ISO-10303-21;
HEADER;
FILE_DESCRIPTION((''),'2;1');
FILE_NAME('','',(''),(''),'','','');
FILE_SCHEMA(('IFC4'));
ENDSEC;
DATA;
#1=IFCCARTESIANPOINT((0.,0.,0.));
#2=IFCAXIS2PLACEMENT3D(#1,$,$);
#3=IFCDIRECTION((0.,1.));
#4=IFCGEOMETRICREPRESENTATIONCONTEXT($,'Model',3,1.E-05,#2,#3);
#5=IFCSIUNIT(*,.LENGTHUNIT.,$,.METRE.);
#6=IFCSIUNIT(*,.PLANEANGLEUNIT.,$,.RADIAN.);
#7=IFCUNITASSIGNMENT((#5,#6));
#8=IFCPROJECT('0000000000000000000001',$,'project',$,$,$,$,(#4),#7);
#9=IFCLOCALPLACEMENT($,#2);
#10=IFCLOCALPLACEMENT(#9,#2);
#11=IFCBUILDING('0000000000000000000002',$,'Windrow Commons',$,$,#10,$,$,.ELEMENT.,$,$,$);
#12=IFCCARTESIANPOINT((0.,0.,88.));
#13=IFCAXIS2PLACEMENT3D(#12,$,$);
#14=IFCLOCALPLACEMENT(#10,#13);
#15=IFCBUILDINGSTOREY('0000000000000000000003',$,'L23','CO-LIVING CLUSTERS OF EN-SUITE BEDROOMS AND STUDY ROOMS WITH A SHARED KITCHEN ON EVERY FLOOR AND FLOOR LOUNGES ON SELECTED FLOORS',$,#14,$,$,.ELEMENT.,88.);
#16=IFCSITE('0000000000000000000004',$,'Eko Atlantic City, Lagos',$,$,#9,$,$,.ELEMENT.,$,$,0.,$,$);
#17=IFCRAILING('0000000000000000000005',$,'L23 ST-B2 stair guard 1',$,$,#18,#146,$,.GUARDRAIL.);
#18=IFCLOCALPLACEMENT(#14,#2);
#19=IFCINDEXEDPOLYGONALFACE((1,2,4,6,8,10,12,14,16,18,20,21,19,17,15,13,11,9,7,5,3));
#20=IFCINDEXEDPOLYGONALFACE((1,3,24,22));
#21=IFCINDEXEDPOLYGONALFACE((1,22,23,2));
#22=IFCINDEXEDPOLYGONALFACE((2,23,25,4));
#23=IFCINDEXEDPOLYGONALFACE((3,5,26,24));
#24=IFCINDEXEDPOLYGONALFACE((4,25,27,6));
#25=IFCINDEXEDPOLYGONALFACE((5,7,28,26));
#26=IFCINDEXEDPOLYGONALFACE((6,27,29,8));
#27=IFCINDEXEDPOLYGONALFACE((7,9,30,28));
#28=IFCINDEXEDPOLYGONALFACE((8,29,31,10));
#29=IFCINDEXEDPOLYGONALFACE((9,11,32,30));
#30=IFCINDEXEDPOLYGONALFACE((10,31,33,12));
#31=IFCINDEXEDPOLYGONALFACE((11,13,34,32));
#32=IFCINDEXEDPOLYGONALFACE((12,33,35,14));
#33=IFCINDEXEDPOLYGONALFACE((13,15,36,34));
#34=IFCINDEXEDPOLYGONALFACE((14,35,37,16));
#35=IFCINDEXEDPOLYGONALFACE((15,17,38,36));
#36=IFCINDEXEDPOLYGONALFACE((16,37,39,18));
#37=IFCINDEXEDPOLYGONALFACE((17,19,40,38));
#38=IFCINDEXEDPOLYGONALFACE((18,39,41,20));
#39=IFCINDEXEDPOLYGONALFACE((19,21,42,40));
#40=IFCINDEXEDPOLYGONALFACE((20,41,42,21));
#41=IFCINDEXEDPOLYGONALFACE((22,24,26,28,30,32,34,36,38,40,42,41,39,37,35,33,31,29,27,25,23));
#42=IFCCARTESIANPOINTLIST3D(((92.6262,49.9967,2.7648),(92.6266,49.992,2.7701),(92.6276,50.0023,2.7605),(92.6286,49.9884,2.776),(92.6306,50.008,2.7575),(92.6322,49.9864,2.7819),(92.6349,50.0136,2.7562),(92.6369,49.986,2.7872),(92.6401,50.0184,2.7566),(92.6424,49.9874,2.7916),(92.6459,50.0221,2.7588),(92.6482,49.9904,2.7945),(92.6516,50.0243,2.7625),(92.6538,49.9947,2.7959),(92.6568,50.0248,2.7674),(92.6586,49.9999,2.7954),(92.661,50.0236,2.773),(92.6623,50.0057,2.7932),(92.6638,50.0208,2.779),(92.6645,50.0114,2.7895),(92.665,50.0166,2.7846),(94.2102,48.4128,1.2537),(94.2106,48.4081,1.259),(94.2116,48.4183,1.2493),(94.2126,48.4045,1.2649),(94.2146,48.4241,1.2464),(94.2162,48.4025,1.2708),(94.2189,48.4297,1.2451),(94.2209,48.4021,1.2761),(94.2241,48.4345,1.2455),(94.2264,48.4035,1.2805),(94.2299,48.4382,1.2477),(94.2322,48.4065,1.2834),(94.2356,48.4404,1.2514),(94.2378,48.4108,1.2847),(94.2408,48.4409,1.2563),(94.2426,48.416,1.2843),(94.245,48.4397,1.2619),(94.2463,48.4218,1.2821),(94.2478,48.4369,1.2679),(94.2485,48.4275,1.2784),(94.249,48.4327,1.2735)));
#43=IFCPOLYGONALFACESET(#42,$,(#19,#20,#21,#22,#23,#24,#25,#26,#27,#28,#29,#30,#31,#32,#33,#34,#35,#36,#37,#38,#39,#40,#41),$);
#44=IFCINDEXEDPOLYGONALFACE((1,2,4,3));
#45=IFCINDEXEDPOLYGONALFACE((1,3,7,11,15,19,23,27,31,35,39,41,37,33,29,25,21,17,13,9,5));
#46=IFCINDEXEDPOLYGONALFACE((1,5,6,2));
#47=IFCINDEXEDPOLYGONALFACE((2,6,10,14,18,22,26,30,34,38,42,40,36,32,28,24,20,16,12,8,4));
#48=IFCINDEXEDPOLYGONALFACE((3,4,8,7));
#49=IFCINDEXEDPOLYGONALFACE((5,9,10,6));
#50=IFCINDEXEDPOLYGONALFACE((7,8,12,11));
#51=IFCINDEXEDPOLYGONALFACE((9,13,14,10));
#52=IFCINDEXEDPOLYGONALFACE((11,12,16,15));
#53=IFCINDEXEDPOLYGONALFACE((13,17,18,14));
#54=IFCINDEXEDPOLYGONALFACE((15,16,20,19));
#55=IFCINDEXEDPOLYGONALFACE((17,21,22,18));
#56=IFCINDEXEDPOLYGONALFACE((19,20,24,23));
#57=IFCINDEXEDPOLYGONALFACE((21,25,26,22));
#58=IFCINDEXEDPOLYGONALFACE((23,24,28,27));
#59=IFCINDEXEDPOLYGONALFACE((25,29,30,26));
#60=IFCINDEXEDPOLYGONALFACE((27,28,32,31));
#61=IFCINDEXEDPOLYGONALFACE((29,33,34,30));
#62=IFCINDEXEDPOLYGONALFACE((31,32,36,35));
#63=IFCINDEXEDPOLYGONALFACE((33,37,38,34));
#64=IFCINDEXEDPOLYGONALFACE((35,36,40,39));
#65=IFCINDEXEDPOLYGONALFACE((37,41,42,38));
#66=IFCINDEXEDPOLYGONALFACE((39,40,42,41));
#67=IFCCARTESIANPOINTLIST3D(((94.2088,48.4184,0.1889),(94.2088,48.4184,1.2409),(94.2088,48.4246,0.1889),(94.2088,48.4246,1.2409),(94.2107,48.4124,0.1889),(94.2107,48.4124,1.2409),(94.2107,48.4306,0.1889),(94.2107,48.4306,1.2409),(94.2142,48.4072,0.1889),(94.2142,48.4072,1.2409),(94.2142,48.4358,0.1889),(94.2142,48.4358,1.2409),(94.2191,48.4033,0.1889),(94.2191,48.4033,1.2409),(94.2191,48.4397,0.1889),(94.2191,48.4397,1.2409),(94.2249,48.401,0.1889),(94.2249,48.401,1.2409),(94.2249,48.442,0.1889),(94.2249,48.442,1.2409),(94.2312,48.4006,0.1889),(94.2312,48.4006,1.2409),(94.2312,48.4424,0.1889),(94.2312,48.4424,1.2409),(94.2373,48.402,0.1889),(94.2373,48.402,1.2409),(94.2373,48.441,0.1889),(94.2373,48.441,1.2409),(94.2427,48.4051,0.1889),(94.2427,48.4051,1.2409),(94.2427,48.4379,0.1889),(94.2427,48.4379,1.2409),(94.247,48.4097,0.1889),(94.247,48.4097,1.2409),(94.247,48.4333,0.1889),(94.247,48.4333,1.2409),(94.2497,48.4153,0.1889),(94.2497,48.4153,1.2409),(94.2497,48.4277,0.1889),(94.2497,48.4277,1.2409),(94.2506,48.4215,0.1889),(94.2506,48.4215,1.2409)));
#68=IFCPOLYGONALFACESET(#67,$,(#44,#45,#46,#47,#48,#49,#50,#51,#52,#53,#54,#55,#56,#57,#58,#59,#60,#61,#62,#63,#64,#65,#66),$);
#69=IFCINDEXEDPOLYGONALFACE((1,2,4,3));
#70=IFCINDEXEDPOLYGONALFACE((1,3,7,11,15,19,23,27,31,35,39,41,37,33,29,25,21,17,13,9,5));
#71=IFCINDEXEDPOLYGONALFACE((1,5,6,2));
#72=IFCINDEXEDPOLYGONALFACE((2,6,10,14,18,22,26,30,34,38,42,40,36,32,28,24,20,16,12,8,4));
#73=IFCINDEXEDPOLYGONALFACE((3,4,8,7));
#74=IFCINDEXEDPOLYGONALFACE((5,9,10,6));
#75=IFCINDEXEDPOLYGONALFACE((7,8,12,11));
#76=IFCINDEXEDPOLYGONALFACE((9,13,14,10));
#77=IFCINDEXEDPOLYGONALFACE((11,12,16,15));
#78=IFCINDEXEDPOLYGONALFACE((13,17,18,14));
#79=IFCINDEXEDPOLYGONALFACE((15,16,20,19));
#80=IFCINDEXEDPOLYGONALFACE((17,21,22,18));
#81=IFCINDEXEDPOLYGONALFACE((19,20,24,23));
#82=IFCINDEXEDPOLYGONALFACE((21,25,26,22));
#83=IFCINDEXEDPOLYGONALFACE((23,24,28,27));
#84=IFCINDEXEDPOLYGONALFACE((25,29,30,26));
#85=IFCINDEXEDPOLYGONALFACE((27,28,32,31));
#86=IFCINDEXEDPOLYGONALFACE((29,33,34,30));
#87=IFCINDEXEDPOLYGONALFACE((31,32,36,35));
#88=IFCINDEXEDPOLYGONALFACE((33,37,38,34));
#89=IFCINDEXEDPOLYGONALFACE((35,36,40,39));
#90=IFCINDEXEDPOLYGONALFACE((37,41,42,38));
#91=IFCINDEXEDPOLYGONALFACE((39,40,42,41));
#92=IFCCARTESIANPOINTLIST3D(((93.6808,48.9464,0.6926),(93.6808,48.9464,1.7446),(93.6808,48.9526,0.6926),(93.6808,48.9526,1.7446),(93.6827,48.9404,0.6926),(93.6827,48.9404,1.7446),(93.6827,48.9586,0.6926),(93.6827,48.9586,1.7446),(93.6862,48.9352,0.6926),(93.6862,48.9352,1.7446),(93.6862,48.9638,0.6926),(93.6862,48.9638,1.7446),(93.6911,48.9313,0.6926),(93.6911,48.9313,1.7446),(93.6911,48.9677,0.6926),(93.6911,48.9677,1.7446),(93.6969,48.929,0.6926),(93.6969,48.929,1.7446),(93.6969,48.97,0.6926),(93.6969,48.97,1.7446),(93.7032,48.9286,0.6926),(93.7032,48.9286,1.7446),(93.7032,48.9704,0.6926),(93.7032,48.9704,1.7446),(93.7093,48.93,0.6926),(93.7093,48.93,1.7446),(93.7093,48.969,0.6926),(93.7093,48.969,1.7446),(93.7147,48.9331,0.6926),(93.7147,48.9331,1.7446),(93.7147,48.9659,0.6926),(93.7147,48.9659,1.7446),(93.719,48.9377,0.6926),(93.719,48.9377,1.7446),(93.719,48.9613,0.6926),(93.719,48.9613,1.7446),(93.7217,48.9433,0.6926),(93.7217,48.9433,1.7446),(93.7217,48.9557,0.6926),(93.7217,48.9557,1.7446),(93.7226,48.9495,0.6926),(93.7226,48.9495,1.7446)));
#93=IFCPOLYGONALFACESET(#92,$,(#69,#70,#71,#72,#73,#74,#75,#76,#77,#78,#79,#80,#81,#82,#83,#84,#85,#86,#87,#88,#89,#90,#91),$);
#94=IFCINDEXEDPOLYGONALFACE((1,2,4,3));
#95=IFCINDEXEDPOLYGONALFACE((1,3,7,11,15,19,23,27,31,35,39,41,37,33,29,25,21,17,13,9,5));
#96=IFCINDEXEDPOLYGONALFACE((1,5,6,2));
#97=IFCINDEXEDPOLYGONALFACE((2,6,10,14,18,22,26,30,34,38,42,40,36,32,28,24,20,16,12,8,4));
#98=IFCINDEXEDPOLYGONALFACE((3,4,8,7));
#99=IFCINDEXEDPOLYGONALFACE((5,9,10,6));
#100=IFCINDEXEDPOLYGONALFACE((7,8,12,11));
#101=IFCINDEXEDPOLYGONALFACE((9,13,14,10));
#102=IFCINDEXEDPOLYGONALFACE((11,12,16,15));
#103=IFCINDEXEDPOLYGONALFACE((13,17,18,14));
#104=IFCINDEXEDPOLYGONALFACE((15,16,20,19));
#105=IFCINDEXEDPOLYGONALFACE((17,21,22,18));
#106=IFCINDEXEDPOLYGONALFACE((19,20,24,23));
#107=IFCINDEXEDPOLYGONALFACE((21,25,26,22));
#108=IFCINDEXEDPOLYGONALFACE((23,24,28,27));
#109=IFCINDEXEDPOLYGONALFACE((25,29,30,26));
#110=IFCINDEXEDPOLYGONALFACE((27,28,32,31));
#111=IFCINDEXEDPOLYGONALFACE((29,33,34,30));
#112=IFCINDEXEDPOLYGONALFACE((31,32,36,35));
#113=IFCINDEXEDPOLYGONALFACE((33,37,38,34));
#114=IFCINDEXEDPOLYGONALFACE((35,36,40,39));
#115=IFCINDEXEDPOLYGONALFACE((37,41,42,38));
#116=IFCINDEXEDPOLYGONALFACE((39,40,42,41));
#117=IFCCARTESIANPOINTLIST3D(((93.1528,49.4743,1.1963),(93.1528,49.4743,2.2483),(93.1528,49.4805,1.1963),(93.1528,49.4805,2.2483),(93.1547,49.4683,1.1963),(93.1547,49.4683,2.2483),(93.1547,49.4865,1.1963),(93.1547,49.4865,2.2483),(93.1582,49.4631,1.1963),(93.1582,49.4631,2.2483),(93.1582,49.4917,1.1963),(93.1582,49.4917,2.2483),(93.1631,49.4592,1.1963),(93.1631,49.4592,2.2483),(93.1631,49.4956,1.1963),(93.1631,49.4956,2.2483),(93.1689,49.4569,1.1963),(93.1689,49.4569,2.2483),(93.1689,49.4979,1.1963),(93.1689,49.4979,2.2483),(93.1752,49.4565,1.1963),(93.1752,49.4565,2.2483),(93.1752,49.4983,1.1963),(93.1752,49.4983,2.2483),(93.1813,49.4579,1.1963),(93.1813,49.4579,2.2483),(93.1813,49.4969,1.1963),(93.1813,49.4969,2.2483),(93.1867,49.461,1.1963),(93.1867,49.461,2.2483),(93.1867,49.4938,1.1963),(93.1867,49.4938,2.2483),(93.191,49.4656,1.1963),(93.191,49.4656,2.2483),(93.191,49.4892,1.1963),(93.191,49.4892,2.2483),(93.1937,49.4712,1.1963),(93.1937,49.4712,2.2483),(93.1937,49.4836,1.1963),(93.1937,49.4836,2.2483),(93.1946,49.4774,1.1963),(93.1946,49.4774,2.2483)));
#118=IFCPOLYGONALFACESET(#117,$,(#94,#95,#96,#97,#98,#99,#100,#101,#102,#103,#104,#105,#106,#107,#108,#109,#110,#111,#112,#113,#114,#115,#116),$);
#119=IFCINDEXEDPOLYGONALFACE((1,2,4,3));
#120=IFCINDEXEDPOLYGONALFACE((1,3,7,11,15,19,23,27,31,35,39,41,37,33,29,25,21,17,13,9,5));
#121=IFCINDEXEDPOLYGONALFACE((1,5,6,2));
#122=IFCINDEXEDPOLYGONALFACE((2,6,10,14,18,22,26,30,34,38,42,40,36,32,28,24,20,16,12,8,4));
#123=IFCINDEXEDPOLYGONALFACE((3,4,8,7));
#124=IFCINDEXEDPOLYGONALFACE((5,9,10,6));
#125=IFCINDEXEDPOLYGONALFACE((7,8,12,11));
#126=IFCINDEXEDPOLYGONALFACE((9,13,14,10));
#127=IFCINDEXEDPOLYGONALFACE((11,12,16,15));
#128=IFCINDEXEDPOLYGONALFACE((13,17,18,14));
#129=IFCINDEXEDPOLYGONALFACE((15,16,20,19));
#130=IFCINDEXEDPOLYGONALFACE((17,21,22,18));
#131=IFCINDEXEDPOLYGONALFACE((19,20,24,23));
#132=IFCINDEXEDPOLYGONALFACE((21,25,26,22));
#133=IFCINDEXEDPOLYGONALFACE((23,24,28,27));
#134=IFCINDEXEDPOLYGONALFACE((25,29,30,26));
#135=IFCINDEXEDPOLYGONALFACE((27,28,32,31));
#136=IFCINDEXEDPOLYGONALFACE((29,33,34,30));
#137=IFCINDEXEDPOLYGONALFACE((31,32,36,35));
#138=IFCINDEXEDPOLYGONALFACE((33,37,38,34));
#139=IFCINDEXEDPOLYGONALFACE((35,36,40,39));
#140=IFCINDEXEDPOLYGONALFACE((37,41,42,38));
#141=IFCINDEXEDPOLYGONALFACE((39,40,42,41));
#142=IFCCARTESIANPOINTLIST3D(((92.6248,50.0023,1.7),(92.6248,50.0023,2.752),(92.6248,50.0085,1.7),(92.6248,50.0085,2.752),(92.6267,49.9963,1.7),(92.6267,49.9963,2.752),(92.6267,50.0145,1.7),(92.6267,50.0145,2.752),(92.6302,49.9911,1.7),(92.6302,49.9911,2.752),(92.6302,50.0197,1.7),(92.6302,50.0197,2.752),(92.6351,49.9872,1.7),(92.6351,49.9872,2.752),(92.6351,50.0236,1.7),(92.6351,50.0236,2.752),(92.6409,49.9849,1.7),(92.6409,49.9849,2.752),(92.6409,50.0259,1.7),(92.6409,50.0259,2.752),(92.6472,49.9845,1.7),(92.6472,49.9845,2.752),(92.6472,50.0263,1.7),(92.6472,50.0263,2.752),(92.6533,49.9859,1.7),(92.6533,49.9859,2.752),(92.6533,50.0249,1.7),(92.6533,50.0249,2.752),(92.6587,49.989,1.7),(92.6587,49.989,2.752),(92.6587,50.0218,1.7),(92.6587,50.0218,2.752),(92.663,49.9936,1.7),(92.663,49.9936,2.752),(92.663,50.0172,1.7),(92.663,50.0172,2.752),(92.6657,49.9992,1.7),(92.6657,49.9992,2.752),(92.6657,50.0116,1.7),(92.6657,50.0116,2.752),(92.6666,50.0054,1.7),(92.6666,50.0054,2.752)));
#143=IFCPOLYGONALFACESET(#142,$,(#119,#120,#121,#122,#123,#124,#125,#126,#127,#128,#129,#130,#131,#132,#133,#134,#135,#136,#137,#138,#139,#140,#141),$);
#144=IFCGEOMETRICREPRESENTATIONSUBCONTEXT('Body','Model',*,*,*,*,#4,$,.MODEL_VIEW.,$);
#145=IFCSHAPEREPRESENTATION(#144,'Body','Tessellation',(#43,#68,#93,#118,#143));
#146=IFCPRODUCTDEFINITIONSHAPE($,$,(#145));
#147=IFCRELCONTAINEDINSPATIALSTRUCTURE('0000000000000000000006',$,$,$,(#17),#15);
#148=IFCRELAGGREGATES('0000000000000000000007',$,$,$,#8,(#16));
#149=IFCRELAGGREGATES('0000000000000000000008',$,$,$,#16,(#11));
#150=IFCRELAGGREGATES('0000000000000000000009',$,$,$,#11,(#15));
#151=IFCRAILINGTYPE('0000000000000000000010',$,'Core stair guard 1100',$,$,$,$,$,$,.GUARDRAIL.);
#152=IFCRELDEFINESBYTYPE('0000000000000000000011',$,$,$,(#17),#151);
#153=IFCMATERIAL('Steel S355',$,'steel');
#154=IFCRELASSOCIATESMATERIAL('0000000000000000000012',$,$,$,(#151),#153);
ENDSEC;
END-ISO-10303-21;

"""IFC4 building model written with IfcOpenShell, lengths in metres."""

from ifc_helpers import new_model, si_unit, direction, frame, origin, origin_2d, place, context, subcontext, project, spatial, circle, extrude, material, type_object, element, save


model = new_model("IFC4")

# Units and contexts
model_context = context("Model", 3, precision=1e-05, world=origin(), true_north=direction((0.0, 1.0)))
body_context = subcontext(model_context, "Body", "Model", "MODEL_VIEW")
ifc_project = project(units=[si_unit("LENGTHUNIT", "METRE"), si_unit("PLANEANGLEUNIT", "RADIAN")], contexts=[model_context])

# Site, building, storey
site_placement = place(None, origin())
site = spatial("IfcSite", under=ifc_project, at=site_placement, Name="Eko Atlantic City, Lagos", CompositionType="ELEMENT", RefElevation=0.0)
building_placement = place(site_placement, origin())
building = spatial("IfcBuilding", under=site, at=building_placement, Name="Windrow Commons", CompositionType="ELEMENT")
storey_placement = place(building_placement, frame((0.0, 0.0, 88.0)))
storey = spatial("IfcBuildingStorey", under=building, at=storey_placement, Name="L23", Description="CO-LIVING CLUSTERS OF EN-SUITE BEDROOMS AND STUDY ROOMS WITH A SHARED KITCHEN ON EVERY FLOOR AND FLOOR LOUNGES ON SELECTED FLOORS", CompositionType="ELEMENT", Elevation=88.0)

# Railing
ifc_material_1 = material(Name="Steel S355", Category="steel")
railing_type_1 = type_object("IfcRailingType", Name="Core stair guard 1100", PredefinedType="GUARDRAIL", material=ifc_material_1)
railing_1_placement = place(storey_placement, frame((94.2296, 48.4215, 0.1889)))
element("IfcRailing", 1, at=railing_1_placement, inside=storey, type_object=railing_type_1, Name="L23 ST-B2 stair guard 1", PredefinedType="GUARDRAIL", context=body_context, shape_type="SweptSolid", body=[
    extrude(circle(Radius=0.024, at=origin_2d()), frame((0.0, 0.0, 1.076), z_axis=(-0.586216, 0.586179, 0.559237), x_axis=(-0.707084, -0.707129, 0.0)), (0.0, 0.0, 1.0), 2.7021),
    extrude(circle(Radius=0.021, at=origin_2d()), origin(), (0.0, 0.0, 1.0), 1.052),
    extrude(circle(Radius=0.021, at=origin_2d()), frame((-0.528, 0.528, 0.5037)), (0.0, 0.0, 1.0), 1.052),
    extrude(circle(Radius=0.021, at=origin_2d()), frame((-1.056, 1.0559, 1.0074)), (0.0, 0.0, 1.0), 1.052),
    extrude(circle(Radius=0.021, at=origin_2d()), frame((-1.584, 1.5839, 1.5111)), (0.0, 0.0, 1.0), 1.052),
])

save(model, "model.ifc")
